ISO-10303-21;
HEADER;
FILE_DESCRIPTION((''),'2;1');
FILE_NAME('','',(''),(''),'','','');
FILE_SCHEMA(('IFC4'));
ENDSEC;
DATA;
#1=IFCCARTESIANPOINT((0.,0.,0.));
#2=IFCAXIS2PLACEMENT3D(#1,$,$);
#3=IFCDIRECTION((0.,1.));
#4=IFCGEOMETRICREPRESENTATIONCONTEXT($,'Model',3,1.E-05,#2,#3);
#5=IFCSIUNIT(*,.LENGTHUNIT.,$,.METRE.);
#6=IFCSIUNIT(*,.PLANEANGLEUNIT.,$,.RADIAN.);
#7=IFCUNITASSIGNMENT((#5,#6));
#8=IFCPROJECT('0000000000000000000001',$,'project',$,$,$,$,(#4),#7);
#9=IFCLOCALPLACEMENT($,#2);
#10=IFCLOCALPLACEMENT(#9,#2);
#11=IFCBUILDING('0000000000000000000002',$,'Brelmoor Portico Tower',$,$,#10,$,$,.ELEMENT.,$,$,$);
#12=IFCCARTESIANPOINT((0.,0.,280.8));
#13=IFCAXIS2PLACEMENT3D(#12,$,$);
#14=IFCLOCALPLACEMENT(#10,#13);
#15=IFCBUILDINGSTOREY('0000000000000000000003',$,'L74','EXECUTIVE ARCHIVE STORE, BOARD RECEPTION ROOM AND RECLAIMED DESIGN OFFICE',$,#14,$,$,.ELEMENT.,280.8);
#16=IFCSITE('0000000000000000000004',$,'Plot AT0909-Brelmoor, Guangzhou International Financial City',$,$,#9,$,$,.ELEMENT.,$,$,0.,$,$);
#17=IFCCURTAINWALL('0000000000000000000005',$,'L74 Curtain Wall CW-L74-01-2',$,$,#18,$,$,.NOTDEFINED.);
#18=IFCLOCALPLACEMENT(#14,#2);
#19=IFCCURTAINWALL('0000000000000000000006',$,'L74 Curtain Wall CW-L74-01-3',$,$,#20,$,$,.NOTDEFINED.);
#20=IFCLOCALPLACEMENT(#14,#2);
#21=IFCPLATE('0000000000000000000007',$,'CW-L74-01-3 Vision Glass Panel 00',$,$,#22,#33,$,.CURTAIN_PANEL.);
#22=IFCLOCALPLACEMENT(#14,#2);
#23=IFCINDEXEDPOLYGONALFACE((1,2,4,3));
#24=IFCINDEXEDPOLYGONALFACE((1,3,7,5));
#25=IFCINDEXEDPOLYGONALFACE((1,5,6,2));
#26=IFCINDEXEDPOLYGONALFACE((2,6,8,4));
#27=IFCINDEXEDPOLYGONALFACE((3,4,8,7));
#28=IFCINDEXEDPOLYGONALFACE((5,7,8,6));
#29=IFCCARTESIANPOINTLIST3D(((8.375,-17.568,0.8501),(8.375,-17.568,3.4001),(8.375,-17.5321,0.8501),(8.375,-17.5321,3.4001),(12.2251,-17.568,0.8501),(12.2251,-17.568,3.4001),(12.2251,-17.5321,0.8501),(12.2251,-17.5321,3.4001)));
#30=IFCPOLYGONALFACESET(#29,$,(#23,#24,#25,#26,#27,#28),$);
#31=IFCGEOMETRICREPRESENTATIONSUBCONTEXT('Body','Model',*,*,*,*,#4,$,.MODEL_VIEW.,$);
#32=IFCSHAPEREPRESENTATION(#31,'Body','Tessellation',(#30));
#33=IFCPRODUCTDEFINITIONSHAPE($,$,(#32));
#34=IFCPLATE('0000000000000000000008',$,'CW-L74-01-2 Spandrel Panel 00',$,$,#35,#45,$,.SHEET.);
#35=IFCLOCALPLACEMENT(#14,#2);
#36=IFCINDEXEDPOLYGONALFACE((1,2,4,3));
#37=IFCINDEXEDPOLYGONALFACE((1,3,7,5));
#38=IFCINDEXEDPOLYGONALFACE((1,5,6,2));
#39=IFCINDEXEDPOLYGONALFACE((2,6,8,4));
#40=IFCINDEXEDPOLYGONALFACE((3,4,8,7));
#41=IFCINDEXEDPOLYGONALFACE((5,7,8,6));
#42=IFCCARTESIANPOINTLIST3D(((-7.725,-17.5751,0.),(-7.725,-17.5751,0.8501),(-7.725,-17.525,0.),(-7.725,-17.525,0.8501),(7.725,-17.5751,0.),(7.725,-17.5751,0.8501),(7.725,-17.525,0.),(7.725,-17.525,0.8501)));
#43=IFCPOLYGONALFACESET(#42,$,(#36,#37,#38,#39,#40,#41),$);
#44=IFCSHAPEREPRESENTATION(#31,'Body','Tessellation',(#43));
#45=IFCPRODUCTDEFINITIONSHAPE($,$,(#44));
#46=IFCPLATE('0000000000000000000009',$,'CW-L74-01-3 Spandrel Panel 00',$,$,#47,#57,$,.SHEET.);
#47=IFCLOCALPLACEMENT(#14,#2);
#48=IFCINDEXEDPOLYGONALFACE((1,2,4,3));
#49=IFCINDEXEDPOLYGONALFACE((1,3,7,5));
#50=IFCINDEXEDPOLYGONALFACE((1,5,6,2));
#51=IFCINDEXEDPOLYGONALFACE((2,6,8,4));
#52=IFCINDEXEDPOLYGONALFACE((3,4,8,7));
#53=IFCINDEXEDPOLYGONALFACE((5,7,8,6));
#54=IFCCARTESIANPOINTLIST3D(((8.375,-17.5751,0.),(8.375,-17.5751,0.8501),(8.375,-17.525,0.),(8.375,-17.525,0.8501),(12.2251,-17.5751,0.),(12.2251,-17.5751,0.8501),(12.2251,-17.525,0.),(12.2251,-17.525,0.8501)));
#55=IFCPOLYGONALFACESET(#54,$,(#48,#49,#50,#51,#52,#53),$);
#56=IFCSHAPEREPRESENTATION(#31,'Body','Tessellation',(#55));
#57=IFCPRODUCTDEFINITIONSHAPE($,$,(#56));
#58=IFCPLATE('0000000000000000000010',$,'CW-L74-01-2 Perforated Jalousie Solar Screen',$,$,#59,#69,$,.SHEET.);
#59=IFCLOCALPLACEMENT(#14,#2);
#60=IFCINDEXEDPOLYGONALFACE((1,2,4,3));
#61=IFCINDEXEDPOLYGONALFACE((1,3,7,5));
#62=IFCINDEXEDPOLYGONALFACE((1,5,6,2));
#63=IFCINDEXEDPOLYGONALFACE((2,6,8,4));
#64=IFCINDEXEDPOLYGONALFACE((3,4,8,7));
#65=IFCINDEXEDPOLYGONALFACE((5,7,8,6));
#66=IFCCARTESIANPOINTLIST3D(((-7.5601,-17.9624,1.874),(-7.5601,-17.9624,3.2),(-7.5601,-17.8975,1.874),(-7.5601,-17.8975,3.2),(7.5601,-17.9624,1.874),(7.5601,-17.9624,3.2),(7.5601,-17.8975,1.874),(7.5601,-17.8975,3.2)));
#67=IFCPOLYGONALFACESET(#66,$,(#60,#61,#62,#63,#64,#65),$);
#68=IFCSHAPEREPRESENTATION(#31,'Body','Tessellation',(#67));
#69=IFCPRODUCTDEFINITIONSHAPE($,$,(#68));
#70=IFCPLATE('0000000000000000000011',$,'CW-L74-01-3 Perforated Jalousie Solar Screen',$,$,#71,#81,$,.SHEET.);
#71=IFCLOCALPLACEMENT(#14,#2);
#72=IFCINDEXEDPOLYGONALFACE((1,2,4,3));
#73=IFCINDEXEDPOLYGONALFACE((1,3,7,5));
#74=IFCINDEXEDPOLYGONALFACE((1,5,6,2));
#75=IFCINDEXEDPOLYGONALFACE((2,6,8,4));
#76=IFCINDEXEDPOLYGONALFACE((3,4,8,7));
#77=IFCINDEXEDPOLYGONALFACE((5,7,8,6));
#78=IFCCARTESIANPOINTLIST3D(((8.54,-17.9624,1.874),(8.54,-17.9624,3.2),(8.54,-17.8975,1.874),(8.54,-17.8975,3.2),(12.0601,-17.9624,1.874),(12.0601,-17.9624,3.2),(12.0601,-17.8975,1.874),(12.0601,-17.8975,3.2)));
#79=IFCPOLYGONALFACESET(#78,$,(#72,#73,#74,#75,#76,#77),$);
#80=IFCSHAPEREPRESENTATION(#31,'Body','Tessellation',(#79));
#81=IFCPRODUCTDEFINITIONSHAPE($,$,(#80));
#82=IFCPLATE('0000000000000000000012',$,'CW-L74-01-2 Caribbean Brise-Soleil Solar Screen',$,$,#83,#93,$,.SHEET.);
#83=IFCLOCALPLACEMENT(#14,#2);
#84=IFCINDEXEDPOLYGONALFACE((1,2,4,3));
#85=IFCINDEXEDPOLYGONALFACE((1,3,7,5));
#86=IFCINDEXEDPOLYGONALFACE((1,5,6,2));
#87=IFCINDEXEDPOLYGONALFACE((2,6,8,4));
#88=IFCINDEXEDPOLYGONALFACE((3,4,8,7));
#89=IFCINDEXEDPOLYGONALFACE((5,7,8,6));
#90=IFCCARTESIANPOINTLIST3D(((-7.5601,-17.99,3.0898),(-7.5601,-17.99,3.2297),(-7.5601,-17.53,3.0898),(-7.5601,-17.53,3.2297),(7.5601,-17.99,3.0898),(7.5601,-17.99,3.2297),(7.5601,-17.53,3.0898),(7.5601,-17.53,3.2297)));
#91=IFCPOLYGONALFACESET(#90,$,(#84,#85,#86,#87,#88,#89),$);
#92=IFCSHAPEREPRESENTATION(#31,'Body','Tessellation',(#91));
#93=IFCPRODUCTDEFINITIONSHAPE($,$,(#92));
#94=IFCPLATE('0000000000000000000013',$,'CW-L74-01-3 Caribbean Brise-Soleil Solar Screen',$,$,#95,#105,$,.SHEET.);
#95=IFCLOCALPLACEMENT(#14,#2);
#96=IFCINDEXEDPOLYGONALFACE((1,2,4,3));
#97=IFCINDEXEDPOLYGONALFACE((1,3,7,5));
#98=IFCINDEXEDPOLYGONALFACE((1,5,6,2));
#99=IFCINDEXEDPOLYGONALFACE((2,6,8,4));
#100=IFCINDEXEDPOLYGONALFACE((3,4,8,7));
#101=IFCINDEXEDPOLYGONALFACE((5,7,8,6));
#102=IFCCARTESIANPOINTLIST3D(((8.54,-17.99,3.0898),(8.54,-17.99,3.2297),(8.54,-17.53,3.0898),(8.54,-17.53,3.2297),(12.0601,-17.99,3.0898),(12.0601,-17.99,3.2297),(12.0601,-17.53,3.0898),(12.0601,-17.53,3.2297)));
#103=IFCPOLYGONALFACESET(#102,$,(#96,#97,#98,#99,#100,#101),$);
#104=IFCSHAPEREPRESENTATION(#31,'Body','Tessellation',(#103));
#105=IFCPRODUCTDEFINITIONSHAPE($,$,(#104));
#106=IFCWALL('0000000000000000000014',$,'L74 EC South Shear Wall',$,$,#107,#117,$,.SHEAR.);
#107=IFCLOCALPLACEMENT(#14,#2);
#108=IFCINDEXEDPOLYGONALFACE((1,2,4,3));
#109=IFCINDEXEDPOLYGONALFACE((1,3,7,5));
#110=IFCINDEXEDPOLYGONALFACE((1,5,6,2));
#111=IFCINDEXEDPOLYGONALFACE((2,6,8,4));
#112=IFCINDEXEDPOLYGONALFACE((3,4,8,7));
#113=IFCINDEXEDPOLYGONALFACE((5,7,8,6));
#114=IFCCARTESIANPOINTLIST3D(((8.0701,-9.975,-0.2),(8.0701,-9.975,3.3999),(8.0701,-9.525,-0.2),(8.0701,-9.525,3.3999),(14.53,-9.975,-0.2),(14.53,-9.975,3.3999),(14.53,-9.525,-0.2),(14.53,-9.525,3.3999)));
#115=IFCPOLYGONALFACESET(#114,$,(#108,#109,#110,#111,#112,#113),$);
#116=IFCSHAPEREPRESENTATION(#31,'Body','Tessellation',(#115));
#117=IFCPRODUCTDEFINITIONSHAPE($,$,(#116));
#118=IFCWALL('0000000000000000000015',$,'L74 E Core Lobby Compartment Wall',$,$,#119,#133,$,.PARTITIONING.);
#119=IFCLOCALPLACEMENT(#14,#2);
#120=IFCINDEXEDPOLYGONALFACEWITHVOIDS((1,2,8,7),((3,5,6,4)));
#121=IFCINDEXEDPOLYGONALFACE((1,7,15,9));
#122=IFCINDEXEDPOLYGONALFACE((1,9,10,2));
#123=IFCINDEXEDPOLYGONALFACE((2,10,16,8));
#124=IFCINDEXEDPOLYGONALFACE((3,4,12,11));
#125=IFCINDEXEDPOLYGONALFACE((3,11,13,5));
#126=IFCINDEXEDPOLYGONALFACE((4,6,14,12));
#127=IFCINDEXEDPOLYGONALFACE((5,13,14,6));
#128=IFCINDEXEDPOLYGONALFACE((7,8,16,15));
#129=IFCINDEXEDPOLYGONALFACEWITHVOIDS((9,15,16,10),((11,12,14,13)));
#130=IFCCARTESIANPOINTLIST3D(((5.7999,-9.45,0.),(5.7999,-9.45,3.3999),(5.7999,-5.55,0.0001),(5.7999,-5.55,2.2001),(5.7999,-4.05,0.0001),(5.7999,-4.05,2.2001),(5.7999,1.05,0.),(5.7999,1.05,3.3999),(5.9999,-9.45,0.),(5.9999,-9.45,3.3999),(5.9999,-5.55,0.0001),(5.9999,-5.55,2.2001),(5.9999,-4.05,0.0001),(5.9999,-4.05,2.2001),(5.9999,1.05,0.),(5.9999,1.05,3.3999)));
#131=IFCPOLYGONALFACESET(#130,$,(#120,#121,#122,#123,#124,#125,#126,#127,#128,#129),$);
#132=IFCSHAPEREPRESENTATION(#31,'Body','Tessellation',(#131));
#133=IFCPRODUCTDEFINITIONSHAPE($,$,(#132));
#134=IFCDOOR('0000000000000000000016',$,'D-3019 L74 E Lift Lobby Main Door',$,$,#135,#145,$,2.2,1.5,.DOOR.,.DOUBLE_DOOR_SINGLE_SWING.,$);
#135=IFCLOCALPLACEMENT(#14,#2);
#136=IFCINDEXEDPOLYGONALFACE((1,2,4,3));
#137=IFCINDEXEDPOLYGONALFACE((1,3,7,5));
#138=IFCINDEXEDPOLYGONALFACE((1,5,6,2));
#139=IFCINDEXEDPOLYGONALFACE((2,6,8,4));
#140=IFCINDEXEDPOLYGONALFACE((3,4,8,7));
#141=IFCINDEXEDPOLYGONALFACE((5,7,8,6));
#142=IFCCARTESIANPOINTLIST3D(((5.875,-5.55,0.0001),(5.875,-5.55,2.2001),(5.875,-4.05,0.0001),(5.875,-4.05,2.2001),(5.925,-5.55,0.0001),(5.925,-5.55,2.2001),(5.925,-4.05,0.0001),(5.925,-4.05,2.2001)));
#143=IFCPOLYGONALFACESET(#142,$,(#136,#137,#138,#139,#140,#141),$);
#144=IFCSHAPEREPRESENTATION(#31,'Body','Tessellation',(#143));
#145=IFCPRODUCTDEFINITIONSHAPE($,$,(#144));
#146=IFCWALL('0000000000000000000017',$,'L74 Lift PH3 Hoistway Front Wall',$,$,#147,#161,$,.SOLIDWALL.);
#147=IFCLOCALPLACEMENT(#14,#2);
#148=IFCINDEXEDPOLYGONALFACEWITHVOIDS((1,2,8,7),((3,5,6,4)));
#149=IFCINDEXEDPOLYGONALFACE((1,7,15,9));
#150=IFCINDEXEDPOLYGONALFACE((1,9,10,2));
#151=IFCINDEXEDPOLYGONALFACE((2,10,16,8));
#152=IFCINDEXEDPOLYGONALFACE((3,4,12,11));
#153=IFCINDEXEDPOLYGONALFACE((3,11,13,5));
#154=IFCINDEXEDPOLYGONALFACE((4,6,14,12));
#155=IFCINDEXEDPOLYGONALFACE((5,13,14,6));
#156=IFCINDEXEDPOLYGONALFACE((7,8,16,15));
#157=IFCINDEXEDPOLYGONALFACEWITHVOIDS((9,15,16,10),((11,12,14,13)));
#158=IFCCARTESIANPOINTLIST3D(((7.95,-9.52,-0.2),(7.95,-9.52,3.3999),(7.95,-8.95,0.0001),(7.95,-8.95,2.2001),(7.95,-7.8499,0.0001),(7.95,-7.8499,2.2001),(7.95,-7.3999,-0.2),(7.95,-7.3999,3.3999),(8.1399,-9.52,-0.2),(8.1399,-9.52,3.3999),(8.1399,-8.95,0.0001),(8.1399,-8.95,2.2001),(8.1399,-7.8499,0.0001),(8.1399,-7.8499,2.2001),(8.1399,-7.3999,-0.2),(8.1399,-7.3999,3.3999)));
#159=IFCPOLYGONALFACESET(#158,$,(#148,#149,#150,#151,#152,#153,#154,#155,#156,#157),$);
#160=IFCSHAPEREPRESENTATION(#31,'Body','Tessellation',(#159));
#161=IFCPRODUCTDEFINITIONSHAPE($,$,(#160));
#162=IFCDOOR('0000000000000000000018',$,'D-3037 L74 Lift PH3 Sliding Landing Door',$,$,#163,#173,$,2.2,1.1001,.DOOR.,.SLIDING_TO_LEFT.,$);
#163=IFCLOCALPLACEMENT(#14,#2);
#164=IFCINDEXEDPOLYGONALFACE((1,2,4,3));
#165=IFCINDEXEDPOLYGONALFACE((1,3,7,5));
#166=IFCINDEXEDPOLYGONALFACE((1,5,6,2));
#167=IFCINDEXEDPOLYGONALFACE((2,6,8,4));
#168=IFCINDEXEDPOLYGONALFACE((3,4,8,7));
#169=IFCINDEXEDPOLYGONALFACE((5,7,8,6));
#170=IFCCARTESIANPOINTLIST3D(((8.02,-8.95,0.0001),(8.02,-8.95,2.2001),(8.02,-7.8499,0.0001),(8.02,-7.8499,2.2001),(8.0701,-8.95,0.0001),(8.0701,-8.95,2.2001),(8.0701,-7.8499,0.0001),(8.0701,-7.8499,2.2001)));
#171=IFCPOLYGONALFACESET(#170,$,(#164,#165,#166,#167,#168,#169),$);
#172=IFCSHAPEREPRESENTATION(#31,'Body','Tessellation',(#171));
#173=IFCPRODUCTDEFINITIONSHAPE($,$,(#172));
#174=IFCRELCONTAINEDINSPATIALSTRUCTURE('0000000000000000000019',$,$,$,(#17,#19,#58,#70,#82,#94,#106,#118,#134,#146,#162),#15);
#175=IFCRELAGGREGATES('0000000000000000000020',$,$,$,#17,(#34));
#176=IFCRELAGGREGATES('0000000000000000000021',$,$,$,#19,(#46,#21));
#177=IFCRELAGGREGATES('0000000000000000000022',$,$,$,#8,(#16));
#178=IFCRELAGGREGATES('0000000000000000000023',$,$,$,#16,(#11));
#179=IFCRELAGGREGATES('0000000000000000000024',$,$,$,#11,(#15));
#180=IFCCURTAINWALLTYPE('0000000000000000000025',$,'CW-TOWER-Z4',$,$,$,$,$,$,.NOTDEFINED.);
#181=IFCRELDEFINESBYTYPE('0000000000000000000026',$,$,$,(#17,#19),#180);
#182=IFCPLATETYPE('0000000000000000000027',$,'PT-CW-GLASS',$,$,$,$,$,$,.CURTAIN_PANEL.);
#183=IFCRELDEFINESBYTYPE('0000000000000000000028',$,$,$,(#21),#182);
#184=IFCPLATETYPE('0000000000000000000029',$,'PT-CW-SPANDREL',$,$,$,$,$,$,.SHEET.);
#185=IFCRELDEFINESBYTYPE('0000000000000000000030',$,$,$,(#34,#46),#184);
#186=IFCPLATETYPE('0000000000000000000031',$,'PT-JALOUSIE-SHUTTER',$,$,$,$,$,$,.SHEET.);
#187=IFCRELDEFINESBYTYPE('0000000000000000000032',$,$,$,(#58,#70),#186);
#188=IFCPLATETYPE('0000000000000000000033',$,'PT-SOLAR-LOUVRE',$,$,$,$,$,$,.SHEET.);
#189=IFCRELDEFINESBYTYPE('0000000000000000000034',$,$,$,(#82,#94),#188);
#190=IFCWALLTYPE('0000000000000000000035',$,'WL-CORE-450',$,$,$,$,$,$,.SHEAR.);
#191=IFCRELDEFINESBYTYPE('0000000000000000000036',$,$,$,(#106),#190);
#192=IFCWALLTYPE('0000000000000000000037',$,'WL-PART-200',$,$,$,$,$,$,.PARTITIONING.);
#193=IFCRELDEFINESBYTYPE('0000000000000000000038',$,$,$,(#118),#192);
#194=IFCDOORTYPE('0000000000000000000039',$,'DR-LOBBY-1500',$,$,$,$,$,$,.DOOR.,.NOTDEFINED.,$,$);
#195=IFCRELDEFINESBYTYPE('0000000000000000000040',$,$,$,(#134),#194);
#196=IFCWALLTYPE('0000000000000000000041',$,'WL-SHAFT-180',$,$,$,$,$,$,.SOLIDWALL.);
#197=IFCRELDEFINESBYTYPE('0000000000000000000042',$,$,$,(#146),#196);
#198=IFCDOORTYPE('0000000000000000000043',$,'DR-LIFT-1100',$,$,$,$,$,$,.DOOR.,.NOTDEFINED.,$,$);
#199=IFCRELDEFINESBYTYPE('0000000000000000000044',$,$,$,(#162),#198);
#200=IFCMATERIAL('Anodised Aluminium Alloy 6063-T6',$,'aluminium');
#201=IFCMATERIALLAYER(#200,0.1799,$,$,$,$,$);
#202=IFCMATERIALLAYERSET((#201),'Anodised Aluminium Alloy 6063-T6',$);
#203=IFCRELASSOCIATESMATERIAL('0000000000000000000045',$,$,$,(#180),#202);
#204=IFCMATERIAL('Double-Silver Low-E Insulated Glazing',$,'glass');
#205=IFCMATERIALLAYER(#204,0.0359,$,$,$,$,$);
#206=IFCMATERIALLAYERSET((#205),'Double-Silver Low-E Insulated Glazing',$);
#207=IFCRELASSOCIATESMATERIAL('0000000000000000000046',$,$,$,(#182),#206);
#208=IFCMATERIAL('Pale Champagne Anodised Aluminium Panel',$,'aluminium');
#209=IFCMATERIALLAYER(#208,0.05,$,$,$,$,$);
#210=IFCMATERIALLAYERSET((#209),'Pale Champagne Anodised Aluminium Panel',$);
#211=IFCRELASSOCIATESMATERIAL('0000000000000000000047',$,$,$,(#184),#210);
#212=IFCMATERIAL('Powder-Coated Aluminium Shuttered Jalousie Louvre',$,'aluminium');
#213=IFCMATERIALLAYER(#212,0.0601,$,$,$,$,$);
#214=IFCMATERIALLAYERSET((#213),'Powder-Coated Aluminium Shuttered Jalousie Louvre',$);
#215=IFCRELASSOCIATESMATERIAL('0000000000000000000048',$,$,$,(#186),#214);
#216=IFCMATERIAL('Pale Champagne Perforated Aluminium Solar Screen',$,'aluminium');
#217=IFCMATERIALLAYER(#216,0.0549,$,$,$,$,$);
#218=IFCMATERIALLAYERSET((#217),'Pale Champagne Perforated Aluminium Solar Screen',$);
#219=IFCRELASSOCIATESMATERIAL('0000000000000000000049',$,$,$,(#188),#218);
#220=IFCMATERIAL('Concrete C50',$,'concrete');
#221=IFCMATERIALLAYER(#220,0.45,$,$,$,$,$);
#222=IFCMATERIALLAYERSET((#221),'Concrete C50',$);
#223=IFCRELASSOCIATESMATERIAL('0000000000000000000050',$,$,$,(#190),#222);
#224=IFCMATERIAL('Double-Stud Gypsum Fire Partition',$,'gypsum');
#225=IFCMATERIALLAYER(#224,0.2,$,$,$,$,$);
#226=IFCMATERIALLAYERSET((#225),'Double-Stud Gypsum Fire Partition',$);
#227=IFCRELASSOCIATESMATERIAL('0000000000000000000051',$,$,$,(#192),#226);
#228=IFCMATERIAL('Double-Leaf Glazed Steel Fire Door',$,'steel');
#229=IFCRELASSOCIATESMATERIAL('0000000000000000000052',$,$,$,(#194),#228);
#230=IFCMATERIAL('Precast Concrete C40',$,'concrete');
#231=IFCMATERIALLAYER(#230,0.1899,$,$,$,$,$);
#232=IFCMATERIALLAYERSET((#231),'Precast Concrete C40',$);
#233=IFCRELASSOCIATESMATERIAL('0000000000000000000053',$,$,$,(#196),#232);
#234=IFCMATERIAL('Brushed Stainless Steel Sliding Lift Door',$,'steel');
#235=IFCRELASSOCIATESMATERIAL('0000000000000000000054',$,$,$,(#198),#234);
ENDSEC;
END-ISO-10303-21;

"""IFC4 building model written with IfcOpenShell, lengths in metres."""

from ifc_helpers import new_model, si_unit, direction, frame, frame_2d, origin, origin_2d, place, context, subcontext, project, spatial, rectangle, extrude, material, layer, layer_set, type_object, element, fill, aggregate, save


model = new_model("IFC4")

# Units and contexts
model_context = context("Model", 3, precision=1e-05, world=origin(), true_north=direction((0.0, 1.0)))
body_context = subcontext(model_context, "Body", "Model", "MODEL_VIEW")
ifc_project = project(units=[si_unit("LENGTHUNIT", "METRE"), si_unit("PLANEANGLEUNIT", "RADIAN")], contexts=[model_context])

# Site, building, storey
site_placement = place(None, origin())
site = spatial("IfcSite", under=ifc_project, at=site_placement, Name="Plot AT0909-Brelmoor, Guangzhou International Financial City", CompositionType="ELEMENT", RefElevation=0.0)
building_placement = place(site_placement, origin())
building = spatial("IfcBuilding", under=site, at=building_placement, Name="Brelmoor Portico Tower", CompositionType="ELEMENT")
storey_placement = place(building_placement, frame((0.0, 0.0, 280.8)))
storey = spatial("IfcBuildingStorey", under=building, at=storey_placement, Name="L74", Description="EXECUTIVE ARCHIVE STORE, BOARD RECEPTION ROOM AND RECLAIMED DESIGN OFFICE", CompositionType="ELEMENT", Elevation=280.8)

# Curtain wall
ifc_material_1 = material(Name="Anodised Aluminium Alloy 6063-T6", Category="aluminium")
ifc_layer_1 = layer(ifc_material_1, 0.1799)
ifc_layer_set_1 = layer_set([ifc_layer_1], Name="Anodised Aluminium Alloy 6063-T6")
curtain_wall_type = type_object("IfcCurtainWallType", Name="CW-TOWER-Z4", PredefinedType="NOTDEFINED", material=ifc_layer_set_1)
curtain_wall_1_placement = place(storey_placement, origin())
curtain_wall_1 = element("IfcCurtainWall", 1, at=curtain_wall_1_placement, inside=storey, type_object=curtain_wall_type, Name="L74 Curtain Wall CW-L74-01-2", PredefinedType="NOTDEFINED")

# Curtain wall
curtain_wall_2_placement = place(storey_placement, origin())
curtain_wall_2 = element("IfcCurtainWall", 2, at=curtain_wall_2_placement, inside=storey, type_object=curtain_wall_type, Name="L74 Curtain Wall CW-L74-01-3", PredefinedType="NOTDEFINED")

# Plates
ifc_material_2 = material(Name="Double-Silver Low-E Insulated Glazing", Category="glass")
ifc_layer_2 = layer(ifc_material_2, 0.0359)
ifc_layer_set_2 = layer_set([ifc_layer_2], Name="Double-Silver Low-E Insulated Glazing")
plate_type_1 = type_object("IfcPlateType", Name="PT-CW-GLASS", PredefinedType="CURTAIN_PANEL", material=ifc_layer_set_2)
plate_1_placement = place(storey_placement, frame((10.3, -17.55, 0.8501), z_axis=(0.0, 0.0, 1.0), x_axis=(1.0, 0.0, 0.0)))
plate_1 = element("IfcPlate", 3, at=plate_1_placement, type_object=plate_type_1, Name="CW-L74-01-3 Vision Glass Panel 00", PredefinedType="CURTAIN_PANEL", context=body_context, shape_type="SweptSolid", body=[
    extrude(rectangle(XDim=3.8501, YDim=0.0359, at=origin_2d()), origin(), (0.0, 0.0, 1.0), 2.55),
])
ifc_material_3 = material(Name="Pale Champagne Anodised Aluminium Panel", Category="aluminium")
ifc_layer_3 = layer(ifc_material_3, 0.05)
ifc_layer_set_3 = layer_set([ifc_layer_3], Name="Pale Champagne Anodised Aluminium Panel")
plate_type_2 = type_object("IfcPlateType", Name="PT-CW-SPANDREL", PredefinedType="SHEET", material=ifc_layer_set_3)
plate_2_placement = place(storey_placement, frame((0.0, -17.55, 0.0), z_axis=(0.0, 0.0, 1.0), x_axis=(1.0, 0.0, 0.0)))
plate_2 = element("IfcPlate", 4, at=plate_2_placement, type_object=plate_type_2, Name="CW-L74-01-2 Spandrel Panel 00", PredefinedType="SHEET", context=body_context, shape_type="SweptSolid", body=[
    extrude(rectangle(XDim=15.45, YDim=0.05, at=origin_2d()), origin(), (0.0, 0.0, 1.0), 0.8501),
])
aggregate(curtain_wall_1, [plate_2])
plate_3_placement = place(storey_placement, frame((10.3, -17.55, 0.0), z_axis=(0.0, 0.0, 1.0), x_axis=(1.0, 0.0, 0.0)))
plate_3 = element("IfcPlate", 5, at=plate_3_placement, type_object=plate_type_2, Name="CW-L74-01-3 Spandrel Panel 00", PredefinedType="SHEET", context=body_context, shape_type="SweptSolid", body=[
    extrude(rectangle(XDim=3.8501, YDim=0.05, at=origin_2d()), origin(), (0.0, 0.0, 1.0), 0.8501),
])
aggregate(curtain_wall_2, [plate_3, plate_1])

# Plates
ifc_material_4 = material(Name="Powder-Coated Aluminium Shuttered Jalousie Louvre", Category="aluminium")
ifc_layer_4 = layer(ifc_material_4, 0.0601)
ifc_layer_set_4 = layer_set([ifc_layer_4], Name="Powder-Coated Aluminium Shuttered Jalousie Louvre")
plate_type_3 = type_object("IfcPlateType", Name="PT-JALOUSIE-SHUTTER", PredefinedType="SHEET", material=ifc_layer_set_4)
plate_4_placement = place(storey_placement, frame((0.0, -17.9299, 1.874), z_axis=(0.0, 0.0, 1.0), x_axis=(1.0, 0.0, 0.0)))
element("IfcPlate", 6, at=plate_4_placement, inside=storey, type_object=plate_type_3, Name="CW-L74-01-2 Perforated Jalousie Solar Screen", PredefinedType="SHEET", context=body_context, shape_type="SweptSolid", body=[
    extrude(rectangle(XDim=15.1201, YDim=0.0649, at=origin_2d()), origin(), (0.0, 0.0, 1.0), 1.3259),
])
plate_5_placement = place(storey_placement, frame((10.3, -17.9299, 1.874), z_axis=(0.0, 0.0, 1.0), x_axis=(1.0, 0.0, 0.0)))
element("IfcPlate", 7, at=plate_5_placement, inside=storey, type_object=plate_type_3, Name="CW-L74-01-3 Perforated Jalousie Solar Screen", PredefinedType="SHEET", context=body_context, shape_type="SweptSolid", body=[
    extrude(rectangle(XDim=3.52, YDim=0.0649, at=origin_2d()), origin(), (0.0, 0.0, 1.0), 1.3259),
])
ifc_material_5 = material(Name="Pale Champagne Perforated Aluminium Solar Screen", Category="aluminium")
ifc_layer_5 = layer(ifc_material_5, 0.0549)
ifc_layer_set_5 = layer_set([ifc_layer_5], Name="Pale Champagne Perforated Aluminium Solar Screen")
plate_type_4 = type_object("IfcPlateType", Name="PT-SOLAR-LOUVRE", PredefinedType="SHEET", material=ifc_layer_set_5)
plate_6_placement = place(storey_placement, frame((0.0, -17.76, 3.0898), z_axis=(0.0, 0.0, 1.0), x_axis=(1.0, 0.0, 0.0)))
element("IfcPlate", 8, at=plate_6_placement, inside=storey, type_object=plate_type_4, Name="CW-L74-01-2 Caribbean Brise-Soleil Solar Screen", PredefinedType="SHEET", context=body_context, shape_type="SweptSolid", body=[
    extrude(rectangle(XDim=15.1201, YDim=0.46, at=origin_2d()), origin(), (0.0, 0.0, 1.0), 0.1399),
])
plate_7_placement = place(storey_placement, frame((10.3, -17.76, 3.0898), z_axis=(0.0, 0.0, 1.0), x_axis=(1.0, 0.0, 0.0)))
element("IfcPlate", 9, at=plate_7_placement, inside=storey, type_object=plate_type_4, Name="CW-L74-01-3 Caribbean Brise-Soleil Solar Screen", PredefinedType="SHEET", context=body_context, shape_type="SweptSolid", body=[
    extrude(rectangle(XDim=3.52, YDim=0.46, at=origin_2d()), origin(), (0.0, 0.0, 1.0), 0.1399),
])

# Wall
ifc_material_6 = material(Name="Concrete C50", Category="concrete")
ifc_layer_6 = layer(ifc_material_6, 0.45)
ifc_layer_set_6 = layer_set([ifc_layer_6], Name="Concrete C50")
wall_type_1 = type_object("IfcWallType", Name="WL-CORE-450", PredefinedType="SHEAR", material=ifc_layer_set_6)
wall_1_placement = place(storey_placement, frame((8.0701, -9.75, -0.2), z_axis=(0.0, 0.0, 1.0), x_axis=(1.0, 0.0, 0.0)))
element("IfcWall", 10, at=wall_1_placement, inside=storey, type_object=wall_type_1, Name="L74 EC South Shear Wall", PredefinedType="SHEAR", context=body_context, shape_type="SweptSolid", body=[
    extrude(rectangle(XDim=6.46, YDim=0.45, at=frame_2d((3.23, 0.0))), origin(), (0.0, 0.0, 1.0), 3.5999),
])

# Walls, openings, doors
ifc_material_7 = material(Name="Double-Stud Gypsum Fire Partition", Category="gypsum")
ifc_layer_7 = layer(ifc_material_7, 0.2)
ifc_layer_set_7 = layer_set([ifc_layer_7], Name="Double-Stud Gypsum Fire Partition")
wall_type_2 = type_object("IfcWallType", Name="WL-PART-200", PredefinedType="PARTITIONING", material=ifc_layer_set_7)
wall_2_placement = place(storey_placement, frame((5.8999, -9.45, 0.0), z_axis=(0.0, 0.0, 1.0), x_axis=(0.0, 1.0, 0.0)))
wall_2 = element("IfcWall", 11, at=wall_2_placement, inside=storey, type_object=wall_type_2, Name="L74 E Core Lobby Compartment Wall", PredefinedType="PARTITIONING", context=body_context, shape_type="SweptSolid", body=[
    extrude(rectangle(XDim=10.5, YDim=0.2, at=frame_2d((5.25, 0.0))), origin(), (0.0, 0.0, 1.0), 3.3999),
])
opening_1_placement = place(wall_2_placement, frame((3.8999, 0.0, 0.0)))
opening_1 = element("IfcOpeningElement", 12, at=opening_1_placement, cuts=wall_2, PredefinedType="OPENING", context=body_context, shape_type="SweptSolid", body=[
    extrude(rectangle(XDim=1.5, YDim=2.2, at=frame_2d((0.75, 1.1001))), frame((0.0, 0.1099, 0.0), z_axis=(0.0, -1.0, 0.0), x_axis=(1.0, 0.0, 0.0)), (0.0, 0.0, 1.0), 0.22),
])
ifc_material_8 = material(Name="Double-Leaf Glazed Steel Fire Door", Category="steel")
door_type_1 = type_object("IfcDoorType", Name="DR-LOBBY-1500", OperationType="NOTDEFINED", PredefinedType="DOOR", material=ifc_material_8)
door_1_placement = place(opening_1_placement, origin())
door_1 = element("IfcDoor", 13, at=door_1_placement, inside=storey, type_object=door_type_1, Name="D-3019 L74 E Lift Lobby Main Door", OperationType="DOUBLE_DOOR_SINGLE_SWING", OverallHeight=2.2, OverallWidth=1.5, PredefinedType="DOOR", context=body_context, shape_type="SweptSolid", body=[
    extrude(rectangle(XDim=1.5, YDim=2.2, at=frame_2d((0.75, 1.1001))), frame((0.0, 0.0249, 0.0), z_axis=(0.0, -1.0, 0.0), x_axis=(1.0, 0.0, 0.0)), (0.0, 0.0, 1.0), 0.05),
])
fill(opening_1, door_1)
ifc_material_9 = material(Name="Precast Concrete C40", Category="concrete")
ifc_layer_8 = layer(ifc_material_9, 0.1899)
ifc_layer_set_8 = layer_set([ifc_layer_8], Name="Precast Concrete C40")
wall_type_3 = type_object("IfcWallType", Name="WL-SHAFT-180", PredefinedType="SOLIDWALL", material=ifc_layer_set_8)
wall_3_placement = place(storey_placement, frame((8.0449, -9.52, -0.2), z_axis=(0.0, 0.0, 1.0), x_axis=(0.0, 1.0, 0.0)))
wall_3 = element("IfcWall", 14, at=wall_3_placement, inside=storey, type_object=wall_type_3, Name="L74 Lift PH3 Hoistway Front Wall", PredefinedType="SOLIDWALL", context=body_context, shape_type="SweptSolid", body=[
    extrude(rectangle(XDim=2.1201, YDim=0.1899, at=frame_2d((1.0601, 0.0))), origin(), (0.0, 0.0, 1.0), 3.5999),
])
opening_2_placement = place(wall_3_placement, frame((0.5701, 0.0, 0.2)))
opening_2 = element("IfcOpeningElement", 15, at=opening_2_placement, cuts=wall_3, PredefinedType="OPENING", context=body_context, shape_type="SweptSolid", body=[
    extrude(rectangle(XDim=1.1001, YDim=2.2, at=frame_2d((0.55, 1.1001))), frame((0.0, 0.105, 0.0), z_axis=(0.0, -1.0, 0.0), x_axis=(1.0, 0.0, 0.0)), (0.0, 0.0, 1.0), 0.21),
])
ifc_material_10 = material(Name="Brushed Stainless Steel Sliding Lift Door", Category="steel")
door_type_2 = type_object("IfcDoorType", Name="DR-LIFT-1100", OperationType="NOTDEFINED", PredefinedType="DOOR", material=ifc_material_10)
door_2_placement = place(opening_2_placement, origin())
door_2 = element("IfcDoor", 16, at=door_2_placement, inside=storey, type_object=door_type_2, Name="D-3037 L74 Lift PH3 Sliding Landing Door", OperationType="SLIDING_TO_LEFT", OverallHeight=2.2, OverallWidth=1.1001, PredefinedType="DOOR", context=body_context, shape_type="SweptSolid", body=[
    extrude(rectangle(XDim=1.1001, YDim=2.2, at=frame_2d((0.55, 1.1001))), frame((0.0, 0.0249, 0.0), z_axis=(0.0, -1.0, 0.0), x_axis=(1.0, 0.0, 0.0)), (0.0, 0.0, 1.0), 0.05),
])
fill(opening_2, door_2)

save(model, "model.ifc")
